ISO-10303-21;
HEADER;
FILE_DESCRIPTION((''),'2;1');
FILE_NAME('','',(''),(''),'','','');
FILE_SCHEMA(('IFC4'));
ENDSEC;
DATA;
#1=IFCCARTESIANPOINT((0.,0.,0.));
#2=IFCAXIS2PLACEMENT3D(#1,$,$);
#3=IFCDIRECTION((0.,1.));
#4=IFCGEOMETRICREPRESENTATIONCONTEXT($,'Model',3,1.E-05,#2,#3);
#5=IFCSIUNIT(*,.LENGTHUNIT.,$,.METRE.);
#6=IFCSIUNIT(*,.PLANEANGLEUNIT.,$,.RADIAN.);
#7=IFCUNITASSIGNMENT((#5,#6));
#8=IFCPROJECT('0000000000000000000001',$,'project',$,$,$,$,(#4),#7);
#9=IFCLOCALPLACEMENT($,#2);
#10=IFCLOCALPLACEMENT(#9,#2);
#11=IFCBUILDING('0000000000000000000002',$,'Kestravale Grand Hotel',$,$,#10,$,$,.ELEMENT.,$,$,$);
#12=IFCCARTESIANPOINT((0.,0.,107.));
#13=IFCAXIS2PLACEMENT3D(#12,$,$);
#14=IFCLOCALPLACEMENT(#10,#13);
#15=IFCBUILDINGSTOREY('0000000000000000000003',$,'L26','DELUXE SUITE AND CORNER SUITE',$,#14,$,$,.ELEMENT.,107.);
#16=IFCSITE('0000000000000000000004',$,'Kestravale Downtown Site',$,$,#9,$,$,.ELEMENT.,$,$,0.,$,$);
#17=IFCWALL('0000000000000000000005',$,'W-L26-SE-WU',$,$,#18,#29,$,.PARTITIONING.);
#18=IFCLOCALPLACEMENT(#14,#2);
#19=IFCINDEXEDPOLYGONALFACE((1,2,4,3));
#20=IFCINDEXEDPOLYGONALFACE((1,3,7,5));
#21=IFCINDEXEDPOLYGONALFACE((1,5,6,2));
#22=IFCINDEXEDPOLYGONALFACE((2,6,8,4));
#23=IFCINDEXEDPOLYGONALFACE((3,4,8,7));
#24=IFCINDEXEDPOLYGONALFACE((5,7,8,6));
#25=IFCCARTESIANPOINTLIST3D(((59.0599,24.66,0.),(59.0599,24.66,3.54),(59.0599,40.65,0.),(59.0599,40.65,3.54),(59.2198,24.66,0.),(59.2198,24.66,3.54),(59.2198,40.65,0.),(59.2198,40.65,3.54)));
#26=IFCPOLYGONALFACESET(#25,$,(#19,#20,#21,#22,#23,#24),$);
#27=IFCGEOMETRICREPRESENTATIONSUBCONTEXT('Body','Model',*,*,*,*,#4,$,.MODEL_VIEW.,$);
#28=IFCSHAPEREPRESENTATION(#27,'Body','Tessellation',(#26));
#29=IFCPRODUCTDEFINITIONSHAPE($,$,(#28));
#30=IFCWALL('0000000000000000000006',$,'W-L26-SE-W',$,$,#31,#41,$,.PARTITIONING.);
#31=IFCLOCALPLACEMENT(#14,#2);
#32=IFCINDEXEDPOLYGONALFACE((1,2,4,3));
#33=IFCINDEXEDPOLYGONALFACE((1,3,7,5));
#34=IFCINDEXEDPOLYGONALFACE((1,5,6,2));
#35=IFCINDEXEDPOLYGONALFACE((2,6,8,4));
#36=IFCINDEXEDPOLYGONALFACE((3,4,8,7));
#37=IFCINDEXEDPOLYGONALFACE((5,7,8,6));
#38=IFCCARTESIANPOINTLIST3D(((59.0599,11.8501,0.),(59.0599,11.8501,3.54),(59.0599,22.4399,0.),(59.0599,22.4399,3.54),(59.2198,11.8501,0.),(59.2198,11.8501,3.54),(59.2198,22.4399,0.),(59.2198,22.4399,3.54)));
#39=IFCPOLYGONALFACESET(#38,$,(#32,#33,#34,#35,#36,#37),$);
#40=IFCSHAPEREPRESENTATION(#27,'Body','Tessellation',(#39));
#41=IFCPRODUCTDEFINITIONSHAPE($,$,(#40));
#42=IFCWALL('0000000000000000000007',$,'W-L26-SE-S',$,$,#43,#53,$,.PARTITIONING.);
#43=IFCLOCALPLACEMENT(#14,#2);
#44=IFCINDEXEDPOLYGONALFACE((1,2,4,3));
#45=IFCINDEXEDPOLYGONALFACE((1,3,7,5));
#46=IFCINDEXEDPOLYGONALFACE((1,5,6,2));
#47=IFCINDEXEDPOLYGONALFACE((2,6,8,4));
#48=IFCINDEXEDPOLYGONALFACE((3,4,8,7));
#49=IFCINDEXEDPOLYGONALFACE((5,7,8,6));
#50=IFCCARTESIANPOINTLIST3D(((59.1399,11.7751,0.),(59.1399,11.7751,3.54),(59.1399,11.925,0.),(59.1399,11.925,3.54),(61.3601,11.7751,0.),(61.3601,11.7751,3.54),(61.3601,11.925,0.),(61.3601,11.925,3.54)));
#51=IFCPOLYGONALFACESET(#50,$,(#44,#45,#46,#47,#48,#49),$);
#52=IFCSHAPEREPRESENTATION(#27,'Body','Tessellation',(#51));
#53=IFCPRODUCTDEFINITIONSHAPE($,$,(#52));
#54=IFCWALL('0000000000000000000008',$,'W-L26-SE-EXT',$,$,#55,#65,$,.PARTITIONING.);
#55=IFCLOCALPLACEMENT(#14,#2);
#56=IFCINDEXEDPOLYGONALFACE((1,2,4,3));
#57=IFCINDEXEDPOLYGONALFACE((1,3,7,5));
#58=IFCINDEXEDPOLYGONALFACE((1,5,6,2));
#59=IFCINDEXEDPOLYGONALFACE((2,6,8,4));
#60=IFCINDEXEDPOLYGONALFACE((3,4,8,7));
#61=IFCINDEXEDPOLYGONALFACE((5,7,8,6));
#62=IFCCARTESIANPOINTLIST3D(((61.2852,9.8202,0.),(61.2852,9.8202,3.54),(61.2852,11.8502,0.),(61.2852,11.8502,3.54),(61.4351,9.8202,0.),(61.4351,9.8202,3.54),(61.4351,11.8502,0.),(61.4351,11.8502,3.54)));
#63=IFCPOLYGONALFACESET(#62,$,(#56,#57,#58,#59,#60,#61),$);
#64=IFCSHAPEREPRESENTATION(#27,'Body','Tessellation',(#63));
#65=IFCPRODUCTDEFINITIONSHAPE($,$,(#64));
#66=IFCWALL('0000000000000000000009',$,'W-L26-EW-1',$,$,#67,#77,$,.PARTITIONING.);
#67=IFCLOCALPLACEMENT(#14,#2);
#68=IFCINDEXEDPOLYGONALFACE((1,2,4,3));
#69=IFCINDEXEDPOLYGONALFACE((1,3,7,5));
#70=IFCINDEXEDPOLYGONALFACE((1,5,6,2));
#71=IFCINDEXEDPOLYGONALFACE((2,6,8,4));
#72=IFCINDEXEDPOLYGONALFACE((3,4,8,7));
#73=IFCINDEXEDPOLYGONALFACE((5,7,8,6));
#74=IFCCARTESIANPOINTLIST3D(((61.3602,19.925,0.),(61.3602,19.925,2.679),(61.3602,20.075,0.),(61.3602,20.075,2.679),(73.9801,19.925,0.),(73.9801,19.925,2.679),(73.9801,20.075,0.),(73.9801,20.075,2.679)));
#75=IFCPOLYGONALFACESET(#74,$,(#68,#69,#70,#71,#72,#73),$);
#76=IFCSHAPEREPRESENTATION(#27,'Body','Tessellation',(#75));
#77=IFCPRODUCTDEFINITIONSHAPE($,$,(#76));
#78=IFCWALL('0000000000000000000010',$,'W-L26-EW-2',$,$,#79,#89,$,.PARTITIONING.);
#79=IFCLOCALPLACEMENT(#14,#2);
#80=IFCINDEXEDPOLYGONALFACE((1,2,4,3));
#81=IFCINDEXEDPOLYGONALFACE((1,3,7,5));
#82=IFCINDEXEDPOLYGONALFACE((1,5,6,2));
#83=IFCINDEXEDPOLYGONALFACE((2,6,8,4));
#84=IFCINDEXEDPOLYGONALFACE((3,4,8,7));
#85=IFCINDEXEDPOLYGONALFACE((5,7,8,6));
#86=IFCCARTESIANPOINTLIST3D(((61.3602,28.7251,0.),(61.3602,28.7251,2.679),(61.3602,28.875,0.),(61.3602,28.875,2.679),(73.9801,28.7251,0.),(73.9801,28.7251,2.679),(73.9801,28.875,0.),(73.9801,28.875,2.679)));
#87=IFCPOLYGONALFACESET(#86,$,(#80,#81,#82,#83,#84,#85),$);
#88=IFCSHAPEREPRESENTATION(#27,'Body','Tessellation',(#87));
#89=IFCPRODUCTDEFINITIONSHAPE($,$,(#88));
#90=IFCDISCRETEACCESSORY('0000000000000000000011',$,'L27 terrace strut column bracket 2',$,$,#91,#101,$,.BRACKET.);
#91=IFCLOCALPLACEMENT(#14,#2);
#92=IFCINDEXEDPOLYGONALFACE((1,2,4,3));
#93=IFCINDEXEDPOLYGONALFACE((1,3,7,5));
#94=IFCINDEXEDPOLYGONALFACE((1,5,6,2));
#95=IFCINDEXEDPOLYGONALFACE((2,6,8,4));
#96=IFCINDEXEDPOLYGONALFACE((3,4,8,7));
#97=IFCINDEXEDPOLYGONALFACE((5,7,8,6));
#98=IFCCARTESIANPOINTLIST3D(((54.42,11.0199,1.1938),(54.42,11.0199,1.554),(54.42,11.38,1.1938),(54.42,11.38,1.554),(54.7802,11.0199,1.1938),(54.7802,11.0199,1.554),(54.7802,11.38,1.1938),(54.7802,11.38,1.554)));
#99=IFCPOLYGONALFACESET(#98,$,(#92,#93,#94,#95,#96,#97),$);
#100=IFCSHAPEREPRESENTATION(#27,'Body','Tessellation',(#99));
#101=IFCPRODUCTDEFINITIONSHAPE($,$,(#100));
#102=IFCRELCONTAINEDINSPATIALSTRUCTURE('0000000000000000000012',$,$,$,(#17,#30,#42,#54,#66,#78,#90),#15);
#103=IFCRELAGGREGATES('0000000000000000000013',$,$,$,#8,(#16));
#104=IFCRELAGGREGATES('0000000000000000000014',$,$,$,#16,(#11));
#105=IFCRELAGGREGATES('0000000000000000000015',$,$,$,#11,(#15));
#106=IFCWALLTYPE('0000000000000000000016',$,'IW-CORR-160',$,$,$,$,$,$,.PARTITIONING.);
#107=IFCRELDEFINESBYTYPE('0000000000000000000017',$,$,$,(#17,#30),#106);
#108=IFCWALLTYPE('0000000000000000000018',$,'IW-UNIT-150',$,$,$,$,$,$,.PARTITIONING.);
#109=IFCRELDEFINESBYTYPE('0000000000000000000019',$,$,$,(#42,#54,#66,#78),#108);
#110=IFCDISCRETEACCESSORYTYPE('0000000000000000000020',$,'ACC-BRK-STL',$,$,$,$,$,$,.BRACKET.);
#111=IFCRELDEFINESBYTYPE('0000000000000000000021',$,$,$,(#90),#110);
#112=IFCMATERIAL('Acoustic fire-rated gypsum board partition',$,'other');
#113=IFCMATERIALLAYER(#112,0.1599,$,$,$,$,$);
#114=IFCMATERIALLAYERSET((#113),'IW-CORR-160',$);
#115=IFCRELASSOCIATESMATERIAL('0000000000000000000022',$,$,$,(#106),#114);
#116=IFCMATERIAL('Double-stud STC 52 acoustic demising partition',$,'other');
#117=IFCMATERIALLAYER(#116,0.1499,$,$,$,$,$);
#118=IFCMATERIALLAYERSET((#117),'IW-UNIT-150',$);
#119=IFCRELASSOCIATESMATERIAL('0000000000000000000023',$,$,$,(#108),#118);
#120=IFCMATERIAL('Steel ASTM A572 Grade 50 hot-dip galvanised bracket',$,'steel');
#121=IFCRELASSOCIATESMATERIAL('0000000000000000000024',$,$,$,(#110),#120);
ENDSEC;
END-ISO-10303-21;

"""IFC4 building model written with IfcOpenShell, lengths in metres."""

from ifc_helpers import new_model, si_unit, direction, frame, frame_2d, origin, origin_2d, place, context, subcontext, project, spatial, rectangle, extrude, material, layer, layer_set, type_object, element, save


model = new_model("IFC4")

# Units and contexts
model_context = context("Model", 3, precision=1e-05, world=origin(), true_north=direction((0.0, 1.0)))
body_context = subcontext(model_context, "Body", "Model", "MODEL_VIEW")
ifc_project = project(units=[si_unit("LENGTHUNIT", "METRE"), si_unit("PLANEANGLEUNIT", "RADIAN")], contexts=[model_context])

# Site, building, storey
site_placement = place(None, origin())
site = spatial("IfcSite", under=ifc_project, at=site_placement, Name="Kestravale Downtown Site", CompositionType="ELEMENT", RefElevation=0.0)
building_placement = place(site_placement, origin())
building = spatial("IfcBuilding", under=site, at=building_placement, Name="Kestravale Grand Hotel", CompositionType="ELEMENT")
storey_placement = place(building_placement, frame((0.0, 0.0, 107.0)))
storey = spatial("IfcBuildingStorey", under=building, at=storey_placement, Name="L26", Description="DELUXE SUITE AND CORNER SUITE", CompositionType="ELEMENT", Elevation=107.0)

# Shared definitions
ifc_material_1 = material(Name="Acoustic fire-rated gypsum board partition", Category="other")
ifc_layer_1 = layer(ifc_material_1, 0.1599)
ifc_layer_set_1 = layer_set([ifc_layer_1], Name="IW-CORR-160")
wall_type_1 = type_object("IfcWallType", Name="IW-CORR-160", PredefinedType="PARTITIONING", material=ifc_layer_set_1)

# Walls
wall_1_placement = place(storey_placement, frame((59.1399, 24.6599, 0.0), z_axis=(0.0, 0.0, 1.0), x_axis=(0.0, 1.0, 0.0)))
element("IfcWall", 1, at=wall_1_placement, inside=storey, type_object=wall_type_1, Name="W-L26-SE-WU", PredefinedType="PARTITIONING", context=body_context, shape_type="SweptSolid", body=[
    extrude(rectangle(XDim=15.99, YDim=0.1599, at=frame_2d((7.9951, 0.0))), origin(), (0.0, 0.0, 1.0), 3.54),
])
wall_2_placement = place(storey_placement, frame((59.1399, 11.8501, 0.0), z_axis=(0.0, 0.0, 1.0), x_axis=(0.0, 1.0, 0.0)))
element("IfcWall", 2, at=wall_2_placement, inside=storey, type_object=wall_type_1, Name="W-L26-SE-W", PredefinedType="PARTITIONING", context=body_context, shape_type="SweptSolid", body=[
    extrude(rectangle(XDim=10.5898, YDim=0.1599, at=frame_2d((5.2949, 0.0))), origin(), (0.0, 0.0, 1.0), 3.54),
])
ifc_material_2 = material(Name="Double-stud STC 52 acoustic demising partition", Category="other")
ifc_layer_2 = layer(ifc_material_2, 0.1499)
ifc_layer_set_2 = layer_set([ifc_layer_2], Name="IW-UNIT-150")
wall_type_2 = type_object("IfcWallType", Name="IW-UNIT-150", PredefinedType="PARTITIONING", material=ifc_layer_set_2)
wall_3_placement = place(storey_placement, frame((59.1399, 11.8501, 0.0), z_axis=(0.0, 0.0, 1.0), x_axis=(1.0, 0.0, 0.0)))
element("IfcWall", 3, at=wall_3_placement, inside=storey, type_object=wall_type_2, Name="W-L26-SE-S", PredefinedType="PARTITIONING", context=body_context, shape_type="SweptSolid", body=[
    extrude(rectangle(XDim=2.2202, YDim=0.1499, at=frame_2d((1.1101, 0.0))), origin(), (0.0, 0.0, 1.0), 3.54),
])
wall_4_placement = place(storey_placement, frame((61.3601, 9.8201, 0.0), z_axis=(0.0, 0.0, 1.0), x_axis=(0.0, 1.0, 0.0)))
element("IfcWall", 4, at=wall_4_placement, inside=storey, type_object=wall_type_2, Name="W-L26-SE-EXT", PredefinedType="PARTITIONING", context=body_context, shape_type="SweptSolid", body=[
    extrude(rectangle(XDim=2.03, YDim=0.1499, at=frame_2d((1.0151, 0.0))), origin(), (0.0, 0.0, 1.0), 3.54),
])
for number, where, z_axis, x_axis, name in (
    (5, (61.3601, 20.0, 0.0), (0.0, 0.0, 1.0), (1.0, 0.0, 0.0), "W-L26-EW-1"),
    (6, (61.3601, 28.8, 0.0), (0.0, 0.0, 1.0), (1.0, 0.0, 0.0), "W-L26-EW-2"),
):
    element("IfcWall", number, at=place(storey_placement, frame(where, z_axis=z_axis, x_axis=x_axis)), inside=storey, type_object=wall_type_2, Name=name, PredefinedType="PARTITIONING", context=body_context, shape_type="SweptSolid", body=[
        extrude(rectangle(XDim=12.6199, YDim=0.1499, at=frame_2d((6.3101, 0.0))), origin(), (0.0, 0.0, 1.0), 2.679),
    ])

# Discrete accessory
ifc_material_3 = material(Name="Steel ASTM A572 Grade 50 hot-dip galvanised bracket", Category="steel")
discrete_accessory_type = type_object("IfcDiscreteAccessoryType", Name="ACC-BRK-STL", PredefinedType="BRACKET", material=ifc_material_3)
discrete_accessory_placement = place(storey_placement, frame((54.6001, 11.2, 1.1938), z_axis=(0.0, 0.0, 1.0), x_axis=(1.0, 0.0, 0.0)))
element("IfcDiscreteAccessory", 7, at=discrete_accessory_placement, inside=storey, type_object=discrete_accessory_type, Name="L27 terrace strut column bracket 2", PredefinedType="BRACKET", context=body_context, shape_type="SweptSolid", body=[
    extrude(rectangle(XDim=0.3601, YDim=0.3601, at=origin_2d()), origin(), (0.0, 0.0, 1.0), 0.3601),
])

save(model, "model.ifc")
